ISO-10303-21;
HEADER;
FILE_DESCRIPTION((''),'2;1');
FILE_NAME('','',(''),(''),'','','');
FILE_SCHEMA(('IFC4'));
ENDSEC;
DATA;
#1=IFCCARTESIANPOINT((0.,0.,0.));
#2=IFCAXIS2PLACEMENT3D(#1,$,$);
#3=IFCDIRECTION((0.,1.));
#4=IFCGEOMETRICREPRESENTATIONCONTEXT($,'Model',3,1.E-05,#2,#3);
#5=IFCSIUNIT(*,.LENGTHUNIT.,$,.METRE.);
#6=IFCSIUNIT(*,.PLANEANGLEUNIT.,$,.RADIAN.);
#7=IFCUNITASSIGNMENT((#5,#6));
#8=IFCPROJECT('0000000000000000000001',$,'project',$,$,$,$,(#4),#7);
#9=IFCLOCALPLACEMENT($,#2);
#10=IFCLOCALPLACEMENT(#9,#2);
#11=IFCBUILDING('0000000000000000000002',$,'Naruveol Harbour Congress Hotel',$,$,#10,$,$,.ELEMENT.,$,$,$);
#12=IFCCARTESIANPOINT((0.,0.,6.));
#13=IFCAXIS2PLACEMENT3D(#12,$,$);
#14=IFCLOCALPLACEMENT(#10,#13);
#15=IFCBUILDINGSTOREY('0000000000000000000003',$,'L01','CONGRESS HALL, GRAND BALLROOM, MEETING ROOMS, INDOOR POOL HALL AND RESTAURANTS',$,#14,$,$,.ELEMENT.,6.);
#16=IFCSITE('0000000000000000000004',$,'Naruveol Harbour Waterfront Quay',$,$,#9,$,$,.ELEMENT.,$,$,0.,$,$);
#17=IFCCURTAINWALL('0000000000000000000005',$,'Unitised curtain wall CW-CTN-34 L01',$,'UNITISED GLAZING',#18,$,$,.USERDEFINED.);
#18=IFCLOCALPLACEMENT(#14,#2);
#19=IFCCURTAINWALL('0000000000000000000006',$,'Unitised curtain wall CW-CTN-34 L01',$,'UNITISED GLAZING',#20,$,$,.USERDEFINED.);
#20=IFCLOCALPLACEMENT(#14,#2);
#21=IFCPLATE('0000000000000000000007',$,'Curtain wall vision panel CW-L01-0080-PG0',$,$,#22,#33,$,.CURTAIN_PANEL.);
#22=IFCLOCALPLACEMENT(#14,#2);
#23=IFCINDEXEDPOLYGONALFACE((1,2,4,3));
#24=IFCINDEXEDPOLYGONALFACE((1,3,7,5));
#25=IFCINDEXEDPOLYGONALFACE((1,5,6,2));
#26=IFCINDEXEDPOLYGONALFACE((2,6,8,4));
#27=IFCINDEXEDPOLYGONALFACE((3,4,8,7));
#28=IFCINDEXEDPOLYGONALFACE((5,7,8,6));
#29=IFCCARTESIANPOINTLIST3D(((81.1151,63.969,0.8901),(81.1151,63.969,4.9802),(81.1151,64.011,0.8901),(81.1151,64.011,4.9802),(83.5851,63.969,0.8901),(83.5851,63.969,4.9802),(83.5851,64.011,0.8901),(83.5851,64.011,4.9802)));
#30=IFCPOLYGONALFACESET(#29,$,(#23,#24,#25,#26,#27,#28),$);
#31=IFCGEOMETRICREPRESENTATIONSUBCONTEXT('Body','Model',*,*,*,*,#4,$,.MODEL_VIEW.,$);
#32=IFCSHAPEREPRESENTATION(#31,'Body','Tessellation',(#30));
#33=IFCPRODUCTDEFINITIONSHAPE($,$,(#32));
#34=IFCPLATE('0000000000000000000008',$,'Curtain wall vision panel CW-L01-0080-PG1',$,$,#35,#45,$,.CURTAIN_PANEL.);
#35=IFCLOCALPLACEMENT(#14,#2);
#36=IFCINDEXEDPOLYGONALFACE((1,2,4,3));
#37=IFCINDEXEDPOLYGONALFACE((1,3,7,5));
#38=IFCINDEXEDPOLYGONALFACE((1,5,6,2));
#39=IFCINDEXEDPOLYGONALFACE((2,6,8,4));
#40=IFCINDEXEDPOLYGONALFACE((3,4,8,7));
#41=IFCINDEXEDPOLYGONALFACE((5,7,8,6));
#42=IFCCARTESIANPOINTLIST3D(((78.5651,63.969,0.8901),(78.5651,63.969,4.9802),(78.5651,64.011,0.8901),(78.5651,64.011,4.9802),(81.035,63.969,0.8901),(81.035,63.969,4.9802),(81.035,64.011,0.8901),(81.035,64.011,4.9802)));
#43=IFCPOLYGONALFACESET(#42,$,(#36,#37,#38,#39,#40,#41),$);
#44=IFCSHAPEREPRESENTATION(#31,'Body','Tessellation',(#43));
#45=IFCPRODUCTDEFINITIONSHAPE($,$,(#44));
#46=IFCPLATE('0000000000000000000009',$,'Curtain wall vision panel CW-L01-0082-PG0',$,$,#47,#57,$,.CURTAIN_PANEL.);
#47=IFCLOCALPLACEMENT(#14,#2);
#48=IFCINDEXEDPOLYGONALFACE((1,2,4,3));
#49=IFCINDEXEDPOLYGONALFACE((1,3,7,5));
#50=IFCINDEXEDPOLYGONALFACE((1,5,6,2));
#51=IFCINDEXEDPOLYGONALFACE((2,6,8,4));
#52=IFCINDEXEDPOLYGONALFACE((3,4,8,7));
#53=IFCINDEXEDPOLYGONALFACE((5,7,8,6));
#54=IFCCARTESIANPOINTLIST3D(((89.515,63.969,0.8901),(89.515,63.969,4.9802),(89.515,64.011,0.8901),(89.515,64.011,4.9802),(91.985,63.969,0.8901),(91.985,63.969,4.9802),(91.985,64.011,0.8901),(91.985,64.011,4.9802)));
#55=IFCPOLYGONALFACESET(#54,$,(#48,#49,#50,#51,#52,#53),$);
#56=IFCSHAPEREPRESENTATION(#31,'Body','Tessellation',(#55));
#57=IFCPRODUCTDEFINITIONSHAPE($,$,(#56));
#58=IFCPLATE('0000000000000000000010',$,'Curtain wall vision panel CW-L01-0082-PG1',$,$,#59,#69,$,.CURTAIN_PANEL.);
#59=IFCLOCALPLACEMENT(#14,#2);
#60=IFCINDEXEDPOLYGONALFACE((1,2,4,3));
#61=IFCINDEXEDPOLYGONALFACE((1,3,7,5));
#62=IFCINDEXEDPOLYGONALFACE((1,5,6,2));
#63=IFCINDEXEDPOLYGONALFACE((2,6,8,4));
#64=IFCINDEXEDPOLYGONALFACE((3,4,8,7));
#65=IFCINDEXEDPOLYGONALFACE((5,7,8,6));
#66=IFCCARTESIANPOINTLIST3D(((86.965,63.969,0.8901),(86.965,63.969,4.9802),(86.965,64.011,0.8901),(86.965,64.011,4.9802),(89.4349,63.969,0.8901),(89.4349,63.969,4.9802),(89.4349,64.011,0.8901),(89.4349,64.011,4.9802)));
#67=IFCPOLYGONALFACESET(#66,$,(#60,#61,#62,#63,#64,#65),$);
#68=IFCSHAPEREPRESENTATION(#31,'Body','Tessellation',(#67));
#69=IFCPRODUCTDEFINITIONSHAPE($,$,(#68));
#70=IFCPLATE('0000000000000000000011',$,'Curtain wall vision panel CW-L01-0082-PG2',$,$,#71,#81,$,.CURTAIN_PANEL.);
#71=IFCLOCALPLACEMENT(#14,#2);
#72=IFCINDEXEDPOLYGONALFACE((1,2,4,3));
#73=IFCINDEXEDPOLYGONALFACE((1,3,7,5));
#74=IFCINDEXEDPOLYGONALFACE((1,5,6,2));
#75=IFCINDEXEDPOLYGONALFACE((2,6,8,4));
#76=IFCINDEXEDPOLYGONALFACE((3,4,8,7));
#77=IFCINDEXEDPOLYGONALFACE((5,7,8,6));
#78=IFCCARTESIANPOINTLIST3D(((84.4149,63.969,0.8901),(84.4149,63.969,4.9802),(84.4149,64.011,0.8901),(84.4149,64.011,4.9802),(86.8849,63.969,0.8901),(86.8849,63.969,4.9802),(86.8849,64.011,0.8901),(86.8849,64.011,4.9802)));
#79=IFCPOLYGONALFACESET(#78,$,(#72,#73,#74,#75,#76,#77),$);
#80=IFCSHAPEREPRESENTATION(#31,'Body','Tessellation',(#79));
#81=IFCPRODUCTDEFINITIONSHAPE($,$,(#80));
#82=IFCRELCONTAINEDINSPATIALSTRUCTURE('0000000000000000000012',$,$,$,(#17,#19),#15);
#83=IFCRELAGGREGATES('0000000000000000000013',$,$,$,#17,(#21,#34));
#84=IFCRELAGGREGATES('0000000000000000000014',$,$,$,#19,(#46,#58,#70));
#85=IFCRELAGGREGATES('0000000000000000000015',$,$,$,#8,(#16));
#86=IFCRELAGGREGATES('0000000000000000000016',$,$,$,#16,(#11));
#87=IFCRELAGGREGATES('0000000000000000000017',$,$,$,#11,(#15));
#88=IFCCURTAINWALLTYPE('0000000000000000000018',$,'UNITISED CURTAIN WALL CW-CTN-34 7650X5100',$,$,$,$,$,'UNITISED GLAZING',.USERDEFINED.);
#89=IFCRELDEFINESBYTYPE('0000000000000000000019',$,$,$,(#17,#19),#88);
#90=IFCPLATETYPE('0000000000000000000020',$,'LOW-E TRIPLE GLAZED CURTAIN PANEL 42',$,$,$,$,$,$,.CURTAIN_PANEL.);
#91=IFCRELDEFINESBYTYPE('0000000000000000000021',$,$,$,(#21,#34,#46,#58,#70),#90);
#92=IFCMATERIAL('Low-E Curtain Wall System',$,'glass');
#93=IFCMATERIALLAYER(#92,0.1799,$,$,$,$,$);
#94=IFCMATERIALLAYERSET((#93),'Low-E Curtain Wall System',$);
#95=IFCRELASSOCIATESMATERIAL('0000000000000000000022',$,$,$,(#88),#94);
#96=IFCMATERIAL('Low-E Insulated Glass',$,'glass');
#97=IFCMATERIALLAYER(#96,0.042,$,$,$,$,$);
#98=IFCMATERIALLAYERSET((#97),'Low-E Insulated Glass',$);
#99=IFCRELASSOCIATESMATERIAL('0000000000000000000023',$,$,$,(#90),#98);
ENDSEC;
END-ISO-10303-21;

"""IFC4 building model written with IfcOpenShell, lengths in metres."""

from ifc_helpers import new_model, si_unit, direction, frame, origin, origin_2d, place, context, subcontext, project, spatial, rectangle, extrude, material, layer, layer_set, type_object, element, aggregate, save


model = new_model("IFC4")

# Units and contexts
model_context = context("Model", 3, precision=1e-05, world=origin(), true_north=direction((0.0, 1.0)))
body_context = subcontext(model_context, "Body", "Model", "MODEL_VIEW")
ifc_project = project(units=[si_unit("LENGTHUNIT", "METRE"), si_unit("PLANEANGLEUNIT", "RADIAN")], contexts=[model_context])

# Site, building, storey
site_placement = place(None, origin())
site = spatial("IfcSite", under=ifc_project, at=site_placement, Name="Naruveol Harbour Waterfront Quay", CompositionType="ELEMENT", RefElevation=0.0)
building_placement = place(site_placement, origin())
building = spatial("IfcBuilding", under=site, at=building_placement, Name="Naruveol Harbour Congress Hotel", CompositionType="ELEMENT")
storey_placement = place(building_placement, frame((0.0, 0.0, 6.0)))
storey = spatial("IfcBuildingStorey", under=building, at=storey_placement, Name="L01", Description="CONGRESS HALL, GRAND BALLROOM, MEETING ROOMS, INDOOR POOL HALL AND RESTAURANTS", CompositionType="ELEMENT", Elevation=6.0)

# Curtain walls
ifc_material_1 = material(Name="Low-E Curtain Wall System", Category="glass")
ifc_layer_1 = layer(ifc_material_1, 0.1799)
ifc_layer_set_1 = layer_set([ifc_layer_1], Name="Low-E Curtain Wall System")
curtain_wall_type_1 = type_object("IfcCurtainWallType", Name="UNITISED CURTAIN WALL CW-CTN-34 7650X5100", ElementType="UNITISED GLAZING", PredefinedType="USERDEFINED", material=ifc_layer_set_1)
curtain_wall_1_placement = place(storey_placement, origin())
curtain_wall_1 = element("IfcCurtainWall", 1, at=curtain_wall_1_placement, inside=storey, type_object=curtain_wall_type_1, Name="Unitised curtain wall CW-CTN-34 L01", ObjectType="UNITISED GLAZING", PredefinedType="USERDEFINED")
curtain_wall_2_placement = place(storey_placement, origin())
curtain_wall_2 = element("IfcCurtainWall", 2, at=curtain_wall_2_placement, inside=storey, type_object=curtain_wall_type_1, Name="Unitised curtain wall CW-CTN-34 L01", ObjectType="UNITISED GLAZING", PredefinedType="USERDEFINED")

# Plates
ifc_material_2 = material(Name="Low-E Insulated Glass", Category="glass")
ifc_layer_2 = layer(ifc_material_2, 0.042)
ifc_layer_set_2 = layer_set([ifc_layer_2], Name="Low-E Insulated Glass")
plate_type_1 = type_object("IfcPlateType", Name="LOW-E TRIPLE GLAZED CURTAIN PANEL 42", PredefinedType="CURTAIN_PANEL", material=ifc_layer_set_2)
plate_1_placement = place(storey_placement, frame((82.3501, 63.99, 0.8901), z_axis=(0.0, 0.0, 1.0), x_axis=(-1.0, 0.0, 0.0)))
plate_1 = element("IfcPlate", 3, at=plate_1_placement, type_object=plate_type_1, Name="Curtain wall vision panel CW-L01-0080-PG0", PredefinedType="CURTAIN_PANEL", context=body_context, shape_type="SweptSolid", body=[
    extrude(rectangle(XDim=2.47, YDim=0.042, at=origin_2d()), origin(), (0.0, 0.0, 1.0), 4.0901),
])
plate_2_placement = place(storey_placement, frame((79.8, 63.99, 0.8901), z_axis=(0.0, 0.0, 1.0), x_axis=(-1.0, 0.0, 0.0)))
plate_2 = element("IfcPlate", 4, at=plate_2_placement, type_object=plate_type_1, Name="Curtain wall vision panel CW-L01-0080-PG1", PredefinedType="CURTAIN_PANEL", context=body_context, shape_type="SweptSolid", body=[
    extrude(rectangle(XDim=2.47, YDim=0.042, at=origin_2d()), origin(), (0.0, 0.0, 1.0), 4.0901),
])
aggregate(curtain_wall_1, [plate_1, plate_2])
plate_3_placement = place(storey_placement, frame((90.75, 63.99, 0.8901), z_axis=(0.0, 0.0, 1.0), x_axis=(-1.0, 0.0, 0.0)))
plate_3 = element("IfcPlate", 5, at=plate_3_placement, type_object=plate_type_1, Name="Curtain wall vision panel CW-L01-0082-PG0", PredefinedType="CURTAIN_PANEL", context=body_context, shape_type="SweptSolid", body=[
    extrude(rectangle(XDim=2.47, YDim=0.042, at=origin_2d()), origin(), (0.0, 0.0, 1.0), 4.0901),
])
plate_4_placement = place(storey_placement, frame((88.2, 63.99, 0.8901), z_axis=(0.0, 0.0, 1.0), x_axis=(-1.0, 0.0, 0.0)))
plate_4 = element("IfcPlate", 6, at=plate_4_placement, type_object=plate_type_1, Name="Curtain wall vision panel CW-L01-0082-PG1", PredefinedType="CURTAIN_PANEL", context=body_context, shape_type="SweptSolid", body=[
    extrude(rectangle(XDim=2.47, YDim=0.042, at=origin_2d()), origin(), (0.0, 0.0, 1.0), 4.0901),
])
plate_5_placement = place(storey_placement, frame((85.6499, 63.99, 0.8901), z_axis=(0.0, 0.0, 1.0), x_axis=(-1.0, 0.0, 0.0)))
plate_5 = element("IfcPlate", 7, at=plate_5_placement, type_object=plate_type_1, Name="Curtain wall vision panel CW-L01-0082-PG2", PredefinedType="CURTAIN_PANEL", context=body_context, shape_type="SweptSolid", body=[
    extrude(rectangle(XDim=2.47, YDim=0.042, at=origin_2d()), origin(), (0.0, 0.0, 1.0), 4.0901),
])
aggregate(curtain_wall_2, [plate_3, plate_4, plate_5])

save(model, "model.ifc")
